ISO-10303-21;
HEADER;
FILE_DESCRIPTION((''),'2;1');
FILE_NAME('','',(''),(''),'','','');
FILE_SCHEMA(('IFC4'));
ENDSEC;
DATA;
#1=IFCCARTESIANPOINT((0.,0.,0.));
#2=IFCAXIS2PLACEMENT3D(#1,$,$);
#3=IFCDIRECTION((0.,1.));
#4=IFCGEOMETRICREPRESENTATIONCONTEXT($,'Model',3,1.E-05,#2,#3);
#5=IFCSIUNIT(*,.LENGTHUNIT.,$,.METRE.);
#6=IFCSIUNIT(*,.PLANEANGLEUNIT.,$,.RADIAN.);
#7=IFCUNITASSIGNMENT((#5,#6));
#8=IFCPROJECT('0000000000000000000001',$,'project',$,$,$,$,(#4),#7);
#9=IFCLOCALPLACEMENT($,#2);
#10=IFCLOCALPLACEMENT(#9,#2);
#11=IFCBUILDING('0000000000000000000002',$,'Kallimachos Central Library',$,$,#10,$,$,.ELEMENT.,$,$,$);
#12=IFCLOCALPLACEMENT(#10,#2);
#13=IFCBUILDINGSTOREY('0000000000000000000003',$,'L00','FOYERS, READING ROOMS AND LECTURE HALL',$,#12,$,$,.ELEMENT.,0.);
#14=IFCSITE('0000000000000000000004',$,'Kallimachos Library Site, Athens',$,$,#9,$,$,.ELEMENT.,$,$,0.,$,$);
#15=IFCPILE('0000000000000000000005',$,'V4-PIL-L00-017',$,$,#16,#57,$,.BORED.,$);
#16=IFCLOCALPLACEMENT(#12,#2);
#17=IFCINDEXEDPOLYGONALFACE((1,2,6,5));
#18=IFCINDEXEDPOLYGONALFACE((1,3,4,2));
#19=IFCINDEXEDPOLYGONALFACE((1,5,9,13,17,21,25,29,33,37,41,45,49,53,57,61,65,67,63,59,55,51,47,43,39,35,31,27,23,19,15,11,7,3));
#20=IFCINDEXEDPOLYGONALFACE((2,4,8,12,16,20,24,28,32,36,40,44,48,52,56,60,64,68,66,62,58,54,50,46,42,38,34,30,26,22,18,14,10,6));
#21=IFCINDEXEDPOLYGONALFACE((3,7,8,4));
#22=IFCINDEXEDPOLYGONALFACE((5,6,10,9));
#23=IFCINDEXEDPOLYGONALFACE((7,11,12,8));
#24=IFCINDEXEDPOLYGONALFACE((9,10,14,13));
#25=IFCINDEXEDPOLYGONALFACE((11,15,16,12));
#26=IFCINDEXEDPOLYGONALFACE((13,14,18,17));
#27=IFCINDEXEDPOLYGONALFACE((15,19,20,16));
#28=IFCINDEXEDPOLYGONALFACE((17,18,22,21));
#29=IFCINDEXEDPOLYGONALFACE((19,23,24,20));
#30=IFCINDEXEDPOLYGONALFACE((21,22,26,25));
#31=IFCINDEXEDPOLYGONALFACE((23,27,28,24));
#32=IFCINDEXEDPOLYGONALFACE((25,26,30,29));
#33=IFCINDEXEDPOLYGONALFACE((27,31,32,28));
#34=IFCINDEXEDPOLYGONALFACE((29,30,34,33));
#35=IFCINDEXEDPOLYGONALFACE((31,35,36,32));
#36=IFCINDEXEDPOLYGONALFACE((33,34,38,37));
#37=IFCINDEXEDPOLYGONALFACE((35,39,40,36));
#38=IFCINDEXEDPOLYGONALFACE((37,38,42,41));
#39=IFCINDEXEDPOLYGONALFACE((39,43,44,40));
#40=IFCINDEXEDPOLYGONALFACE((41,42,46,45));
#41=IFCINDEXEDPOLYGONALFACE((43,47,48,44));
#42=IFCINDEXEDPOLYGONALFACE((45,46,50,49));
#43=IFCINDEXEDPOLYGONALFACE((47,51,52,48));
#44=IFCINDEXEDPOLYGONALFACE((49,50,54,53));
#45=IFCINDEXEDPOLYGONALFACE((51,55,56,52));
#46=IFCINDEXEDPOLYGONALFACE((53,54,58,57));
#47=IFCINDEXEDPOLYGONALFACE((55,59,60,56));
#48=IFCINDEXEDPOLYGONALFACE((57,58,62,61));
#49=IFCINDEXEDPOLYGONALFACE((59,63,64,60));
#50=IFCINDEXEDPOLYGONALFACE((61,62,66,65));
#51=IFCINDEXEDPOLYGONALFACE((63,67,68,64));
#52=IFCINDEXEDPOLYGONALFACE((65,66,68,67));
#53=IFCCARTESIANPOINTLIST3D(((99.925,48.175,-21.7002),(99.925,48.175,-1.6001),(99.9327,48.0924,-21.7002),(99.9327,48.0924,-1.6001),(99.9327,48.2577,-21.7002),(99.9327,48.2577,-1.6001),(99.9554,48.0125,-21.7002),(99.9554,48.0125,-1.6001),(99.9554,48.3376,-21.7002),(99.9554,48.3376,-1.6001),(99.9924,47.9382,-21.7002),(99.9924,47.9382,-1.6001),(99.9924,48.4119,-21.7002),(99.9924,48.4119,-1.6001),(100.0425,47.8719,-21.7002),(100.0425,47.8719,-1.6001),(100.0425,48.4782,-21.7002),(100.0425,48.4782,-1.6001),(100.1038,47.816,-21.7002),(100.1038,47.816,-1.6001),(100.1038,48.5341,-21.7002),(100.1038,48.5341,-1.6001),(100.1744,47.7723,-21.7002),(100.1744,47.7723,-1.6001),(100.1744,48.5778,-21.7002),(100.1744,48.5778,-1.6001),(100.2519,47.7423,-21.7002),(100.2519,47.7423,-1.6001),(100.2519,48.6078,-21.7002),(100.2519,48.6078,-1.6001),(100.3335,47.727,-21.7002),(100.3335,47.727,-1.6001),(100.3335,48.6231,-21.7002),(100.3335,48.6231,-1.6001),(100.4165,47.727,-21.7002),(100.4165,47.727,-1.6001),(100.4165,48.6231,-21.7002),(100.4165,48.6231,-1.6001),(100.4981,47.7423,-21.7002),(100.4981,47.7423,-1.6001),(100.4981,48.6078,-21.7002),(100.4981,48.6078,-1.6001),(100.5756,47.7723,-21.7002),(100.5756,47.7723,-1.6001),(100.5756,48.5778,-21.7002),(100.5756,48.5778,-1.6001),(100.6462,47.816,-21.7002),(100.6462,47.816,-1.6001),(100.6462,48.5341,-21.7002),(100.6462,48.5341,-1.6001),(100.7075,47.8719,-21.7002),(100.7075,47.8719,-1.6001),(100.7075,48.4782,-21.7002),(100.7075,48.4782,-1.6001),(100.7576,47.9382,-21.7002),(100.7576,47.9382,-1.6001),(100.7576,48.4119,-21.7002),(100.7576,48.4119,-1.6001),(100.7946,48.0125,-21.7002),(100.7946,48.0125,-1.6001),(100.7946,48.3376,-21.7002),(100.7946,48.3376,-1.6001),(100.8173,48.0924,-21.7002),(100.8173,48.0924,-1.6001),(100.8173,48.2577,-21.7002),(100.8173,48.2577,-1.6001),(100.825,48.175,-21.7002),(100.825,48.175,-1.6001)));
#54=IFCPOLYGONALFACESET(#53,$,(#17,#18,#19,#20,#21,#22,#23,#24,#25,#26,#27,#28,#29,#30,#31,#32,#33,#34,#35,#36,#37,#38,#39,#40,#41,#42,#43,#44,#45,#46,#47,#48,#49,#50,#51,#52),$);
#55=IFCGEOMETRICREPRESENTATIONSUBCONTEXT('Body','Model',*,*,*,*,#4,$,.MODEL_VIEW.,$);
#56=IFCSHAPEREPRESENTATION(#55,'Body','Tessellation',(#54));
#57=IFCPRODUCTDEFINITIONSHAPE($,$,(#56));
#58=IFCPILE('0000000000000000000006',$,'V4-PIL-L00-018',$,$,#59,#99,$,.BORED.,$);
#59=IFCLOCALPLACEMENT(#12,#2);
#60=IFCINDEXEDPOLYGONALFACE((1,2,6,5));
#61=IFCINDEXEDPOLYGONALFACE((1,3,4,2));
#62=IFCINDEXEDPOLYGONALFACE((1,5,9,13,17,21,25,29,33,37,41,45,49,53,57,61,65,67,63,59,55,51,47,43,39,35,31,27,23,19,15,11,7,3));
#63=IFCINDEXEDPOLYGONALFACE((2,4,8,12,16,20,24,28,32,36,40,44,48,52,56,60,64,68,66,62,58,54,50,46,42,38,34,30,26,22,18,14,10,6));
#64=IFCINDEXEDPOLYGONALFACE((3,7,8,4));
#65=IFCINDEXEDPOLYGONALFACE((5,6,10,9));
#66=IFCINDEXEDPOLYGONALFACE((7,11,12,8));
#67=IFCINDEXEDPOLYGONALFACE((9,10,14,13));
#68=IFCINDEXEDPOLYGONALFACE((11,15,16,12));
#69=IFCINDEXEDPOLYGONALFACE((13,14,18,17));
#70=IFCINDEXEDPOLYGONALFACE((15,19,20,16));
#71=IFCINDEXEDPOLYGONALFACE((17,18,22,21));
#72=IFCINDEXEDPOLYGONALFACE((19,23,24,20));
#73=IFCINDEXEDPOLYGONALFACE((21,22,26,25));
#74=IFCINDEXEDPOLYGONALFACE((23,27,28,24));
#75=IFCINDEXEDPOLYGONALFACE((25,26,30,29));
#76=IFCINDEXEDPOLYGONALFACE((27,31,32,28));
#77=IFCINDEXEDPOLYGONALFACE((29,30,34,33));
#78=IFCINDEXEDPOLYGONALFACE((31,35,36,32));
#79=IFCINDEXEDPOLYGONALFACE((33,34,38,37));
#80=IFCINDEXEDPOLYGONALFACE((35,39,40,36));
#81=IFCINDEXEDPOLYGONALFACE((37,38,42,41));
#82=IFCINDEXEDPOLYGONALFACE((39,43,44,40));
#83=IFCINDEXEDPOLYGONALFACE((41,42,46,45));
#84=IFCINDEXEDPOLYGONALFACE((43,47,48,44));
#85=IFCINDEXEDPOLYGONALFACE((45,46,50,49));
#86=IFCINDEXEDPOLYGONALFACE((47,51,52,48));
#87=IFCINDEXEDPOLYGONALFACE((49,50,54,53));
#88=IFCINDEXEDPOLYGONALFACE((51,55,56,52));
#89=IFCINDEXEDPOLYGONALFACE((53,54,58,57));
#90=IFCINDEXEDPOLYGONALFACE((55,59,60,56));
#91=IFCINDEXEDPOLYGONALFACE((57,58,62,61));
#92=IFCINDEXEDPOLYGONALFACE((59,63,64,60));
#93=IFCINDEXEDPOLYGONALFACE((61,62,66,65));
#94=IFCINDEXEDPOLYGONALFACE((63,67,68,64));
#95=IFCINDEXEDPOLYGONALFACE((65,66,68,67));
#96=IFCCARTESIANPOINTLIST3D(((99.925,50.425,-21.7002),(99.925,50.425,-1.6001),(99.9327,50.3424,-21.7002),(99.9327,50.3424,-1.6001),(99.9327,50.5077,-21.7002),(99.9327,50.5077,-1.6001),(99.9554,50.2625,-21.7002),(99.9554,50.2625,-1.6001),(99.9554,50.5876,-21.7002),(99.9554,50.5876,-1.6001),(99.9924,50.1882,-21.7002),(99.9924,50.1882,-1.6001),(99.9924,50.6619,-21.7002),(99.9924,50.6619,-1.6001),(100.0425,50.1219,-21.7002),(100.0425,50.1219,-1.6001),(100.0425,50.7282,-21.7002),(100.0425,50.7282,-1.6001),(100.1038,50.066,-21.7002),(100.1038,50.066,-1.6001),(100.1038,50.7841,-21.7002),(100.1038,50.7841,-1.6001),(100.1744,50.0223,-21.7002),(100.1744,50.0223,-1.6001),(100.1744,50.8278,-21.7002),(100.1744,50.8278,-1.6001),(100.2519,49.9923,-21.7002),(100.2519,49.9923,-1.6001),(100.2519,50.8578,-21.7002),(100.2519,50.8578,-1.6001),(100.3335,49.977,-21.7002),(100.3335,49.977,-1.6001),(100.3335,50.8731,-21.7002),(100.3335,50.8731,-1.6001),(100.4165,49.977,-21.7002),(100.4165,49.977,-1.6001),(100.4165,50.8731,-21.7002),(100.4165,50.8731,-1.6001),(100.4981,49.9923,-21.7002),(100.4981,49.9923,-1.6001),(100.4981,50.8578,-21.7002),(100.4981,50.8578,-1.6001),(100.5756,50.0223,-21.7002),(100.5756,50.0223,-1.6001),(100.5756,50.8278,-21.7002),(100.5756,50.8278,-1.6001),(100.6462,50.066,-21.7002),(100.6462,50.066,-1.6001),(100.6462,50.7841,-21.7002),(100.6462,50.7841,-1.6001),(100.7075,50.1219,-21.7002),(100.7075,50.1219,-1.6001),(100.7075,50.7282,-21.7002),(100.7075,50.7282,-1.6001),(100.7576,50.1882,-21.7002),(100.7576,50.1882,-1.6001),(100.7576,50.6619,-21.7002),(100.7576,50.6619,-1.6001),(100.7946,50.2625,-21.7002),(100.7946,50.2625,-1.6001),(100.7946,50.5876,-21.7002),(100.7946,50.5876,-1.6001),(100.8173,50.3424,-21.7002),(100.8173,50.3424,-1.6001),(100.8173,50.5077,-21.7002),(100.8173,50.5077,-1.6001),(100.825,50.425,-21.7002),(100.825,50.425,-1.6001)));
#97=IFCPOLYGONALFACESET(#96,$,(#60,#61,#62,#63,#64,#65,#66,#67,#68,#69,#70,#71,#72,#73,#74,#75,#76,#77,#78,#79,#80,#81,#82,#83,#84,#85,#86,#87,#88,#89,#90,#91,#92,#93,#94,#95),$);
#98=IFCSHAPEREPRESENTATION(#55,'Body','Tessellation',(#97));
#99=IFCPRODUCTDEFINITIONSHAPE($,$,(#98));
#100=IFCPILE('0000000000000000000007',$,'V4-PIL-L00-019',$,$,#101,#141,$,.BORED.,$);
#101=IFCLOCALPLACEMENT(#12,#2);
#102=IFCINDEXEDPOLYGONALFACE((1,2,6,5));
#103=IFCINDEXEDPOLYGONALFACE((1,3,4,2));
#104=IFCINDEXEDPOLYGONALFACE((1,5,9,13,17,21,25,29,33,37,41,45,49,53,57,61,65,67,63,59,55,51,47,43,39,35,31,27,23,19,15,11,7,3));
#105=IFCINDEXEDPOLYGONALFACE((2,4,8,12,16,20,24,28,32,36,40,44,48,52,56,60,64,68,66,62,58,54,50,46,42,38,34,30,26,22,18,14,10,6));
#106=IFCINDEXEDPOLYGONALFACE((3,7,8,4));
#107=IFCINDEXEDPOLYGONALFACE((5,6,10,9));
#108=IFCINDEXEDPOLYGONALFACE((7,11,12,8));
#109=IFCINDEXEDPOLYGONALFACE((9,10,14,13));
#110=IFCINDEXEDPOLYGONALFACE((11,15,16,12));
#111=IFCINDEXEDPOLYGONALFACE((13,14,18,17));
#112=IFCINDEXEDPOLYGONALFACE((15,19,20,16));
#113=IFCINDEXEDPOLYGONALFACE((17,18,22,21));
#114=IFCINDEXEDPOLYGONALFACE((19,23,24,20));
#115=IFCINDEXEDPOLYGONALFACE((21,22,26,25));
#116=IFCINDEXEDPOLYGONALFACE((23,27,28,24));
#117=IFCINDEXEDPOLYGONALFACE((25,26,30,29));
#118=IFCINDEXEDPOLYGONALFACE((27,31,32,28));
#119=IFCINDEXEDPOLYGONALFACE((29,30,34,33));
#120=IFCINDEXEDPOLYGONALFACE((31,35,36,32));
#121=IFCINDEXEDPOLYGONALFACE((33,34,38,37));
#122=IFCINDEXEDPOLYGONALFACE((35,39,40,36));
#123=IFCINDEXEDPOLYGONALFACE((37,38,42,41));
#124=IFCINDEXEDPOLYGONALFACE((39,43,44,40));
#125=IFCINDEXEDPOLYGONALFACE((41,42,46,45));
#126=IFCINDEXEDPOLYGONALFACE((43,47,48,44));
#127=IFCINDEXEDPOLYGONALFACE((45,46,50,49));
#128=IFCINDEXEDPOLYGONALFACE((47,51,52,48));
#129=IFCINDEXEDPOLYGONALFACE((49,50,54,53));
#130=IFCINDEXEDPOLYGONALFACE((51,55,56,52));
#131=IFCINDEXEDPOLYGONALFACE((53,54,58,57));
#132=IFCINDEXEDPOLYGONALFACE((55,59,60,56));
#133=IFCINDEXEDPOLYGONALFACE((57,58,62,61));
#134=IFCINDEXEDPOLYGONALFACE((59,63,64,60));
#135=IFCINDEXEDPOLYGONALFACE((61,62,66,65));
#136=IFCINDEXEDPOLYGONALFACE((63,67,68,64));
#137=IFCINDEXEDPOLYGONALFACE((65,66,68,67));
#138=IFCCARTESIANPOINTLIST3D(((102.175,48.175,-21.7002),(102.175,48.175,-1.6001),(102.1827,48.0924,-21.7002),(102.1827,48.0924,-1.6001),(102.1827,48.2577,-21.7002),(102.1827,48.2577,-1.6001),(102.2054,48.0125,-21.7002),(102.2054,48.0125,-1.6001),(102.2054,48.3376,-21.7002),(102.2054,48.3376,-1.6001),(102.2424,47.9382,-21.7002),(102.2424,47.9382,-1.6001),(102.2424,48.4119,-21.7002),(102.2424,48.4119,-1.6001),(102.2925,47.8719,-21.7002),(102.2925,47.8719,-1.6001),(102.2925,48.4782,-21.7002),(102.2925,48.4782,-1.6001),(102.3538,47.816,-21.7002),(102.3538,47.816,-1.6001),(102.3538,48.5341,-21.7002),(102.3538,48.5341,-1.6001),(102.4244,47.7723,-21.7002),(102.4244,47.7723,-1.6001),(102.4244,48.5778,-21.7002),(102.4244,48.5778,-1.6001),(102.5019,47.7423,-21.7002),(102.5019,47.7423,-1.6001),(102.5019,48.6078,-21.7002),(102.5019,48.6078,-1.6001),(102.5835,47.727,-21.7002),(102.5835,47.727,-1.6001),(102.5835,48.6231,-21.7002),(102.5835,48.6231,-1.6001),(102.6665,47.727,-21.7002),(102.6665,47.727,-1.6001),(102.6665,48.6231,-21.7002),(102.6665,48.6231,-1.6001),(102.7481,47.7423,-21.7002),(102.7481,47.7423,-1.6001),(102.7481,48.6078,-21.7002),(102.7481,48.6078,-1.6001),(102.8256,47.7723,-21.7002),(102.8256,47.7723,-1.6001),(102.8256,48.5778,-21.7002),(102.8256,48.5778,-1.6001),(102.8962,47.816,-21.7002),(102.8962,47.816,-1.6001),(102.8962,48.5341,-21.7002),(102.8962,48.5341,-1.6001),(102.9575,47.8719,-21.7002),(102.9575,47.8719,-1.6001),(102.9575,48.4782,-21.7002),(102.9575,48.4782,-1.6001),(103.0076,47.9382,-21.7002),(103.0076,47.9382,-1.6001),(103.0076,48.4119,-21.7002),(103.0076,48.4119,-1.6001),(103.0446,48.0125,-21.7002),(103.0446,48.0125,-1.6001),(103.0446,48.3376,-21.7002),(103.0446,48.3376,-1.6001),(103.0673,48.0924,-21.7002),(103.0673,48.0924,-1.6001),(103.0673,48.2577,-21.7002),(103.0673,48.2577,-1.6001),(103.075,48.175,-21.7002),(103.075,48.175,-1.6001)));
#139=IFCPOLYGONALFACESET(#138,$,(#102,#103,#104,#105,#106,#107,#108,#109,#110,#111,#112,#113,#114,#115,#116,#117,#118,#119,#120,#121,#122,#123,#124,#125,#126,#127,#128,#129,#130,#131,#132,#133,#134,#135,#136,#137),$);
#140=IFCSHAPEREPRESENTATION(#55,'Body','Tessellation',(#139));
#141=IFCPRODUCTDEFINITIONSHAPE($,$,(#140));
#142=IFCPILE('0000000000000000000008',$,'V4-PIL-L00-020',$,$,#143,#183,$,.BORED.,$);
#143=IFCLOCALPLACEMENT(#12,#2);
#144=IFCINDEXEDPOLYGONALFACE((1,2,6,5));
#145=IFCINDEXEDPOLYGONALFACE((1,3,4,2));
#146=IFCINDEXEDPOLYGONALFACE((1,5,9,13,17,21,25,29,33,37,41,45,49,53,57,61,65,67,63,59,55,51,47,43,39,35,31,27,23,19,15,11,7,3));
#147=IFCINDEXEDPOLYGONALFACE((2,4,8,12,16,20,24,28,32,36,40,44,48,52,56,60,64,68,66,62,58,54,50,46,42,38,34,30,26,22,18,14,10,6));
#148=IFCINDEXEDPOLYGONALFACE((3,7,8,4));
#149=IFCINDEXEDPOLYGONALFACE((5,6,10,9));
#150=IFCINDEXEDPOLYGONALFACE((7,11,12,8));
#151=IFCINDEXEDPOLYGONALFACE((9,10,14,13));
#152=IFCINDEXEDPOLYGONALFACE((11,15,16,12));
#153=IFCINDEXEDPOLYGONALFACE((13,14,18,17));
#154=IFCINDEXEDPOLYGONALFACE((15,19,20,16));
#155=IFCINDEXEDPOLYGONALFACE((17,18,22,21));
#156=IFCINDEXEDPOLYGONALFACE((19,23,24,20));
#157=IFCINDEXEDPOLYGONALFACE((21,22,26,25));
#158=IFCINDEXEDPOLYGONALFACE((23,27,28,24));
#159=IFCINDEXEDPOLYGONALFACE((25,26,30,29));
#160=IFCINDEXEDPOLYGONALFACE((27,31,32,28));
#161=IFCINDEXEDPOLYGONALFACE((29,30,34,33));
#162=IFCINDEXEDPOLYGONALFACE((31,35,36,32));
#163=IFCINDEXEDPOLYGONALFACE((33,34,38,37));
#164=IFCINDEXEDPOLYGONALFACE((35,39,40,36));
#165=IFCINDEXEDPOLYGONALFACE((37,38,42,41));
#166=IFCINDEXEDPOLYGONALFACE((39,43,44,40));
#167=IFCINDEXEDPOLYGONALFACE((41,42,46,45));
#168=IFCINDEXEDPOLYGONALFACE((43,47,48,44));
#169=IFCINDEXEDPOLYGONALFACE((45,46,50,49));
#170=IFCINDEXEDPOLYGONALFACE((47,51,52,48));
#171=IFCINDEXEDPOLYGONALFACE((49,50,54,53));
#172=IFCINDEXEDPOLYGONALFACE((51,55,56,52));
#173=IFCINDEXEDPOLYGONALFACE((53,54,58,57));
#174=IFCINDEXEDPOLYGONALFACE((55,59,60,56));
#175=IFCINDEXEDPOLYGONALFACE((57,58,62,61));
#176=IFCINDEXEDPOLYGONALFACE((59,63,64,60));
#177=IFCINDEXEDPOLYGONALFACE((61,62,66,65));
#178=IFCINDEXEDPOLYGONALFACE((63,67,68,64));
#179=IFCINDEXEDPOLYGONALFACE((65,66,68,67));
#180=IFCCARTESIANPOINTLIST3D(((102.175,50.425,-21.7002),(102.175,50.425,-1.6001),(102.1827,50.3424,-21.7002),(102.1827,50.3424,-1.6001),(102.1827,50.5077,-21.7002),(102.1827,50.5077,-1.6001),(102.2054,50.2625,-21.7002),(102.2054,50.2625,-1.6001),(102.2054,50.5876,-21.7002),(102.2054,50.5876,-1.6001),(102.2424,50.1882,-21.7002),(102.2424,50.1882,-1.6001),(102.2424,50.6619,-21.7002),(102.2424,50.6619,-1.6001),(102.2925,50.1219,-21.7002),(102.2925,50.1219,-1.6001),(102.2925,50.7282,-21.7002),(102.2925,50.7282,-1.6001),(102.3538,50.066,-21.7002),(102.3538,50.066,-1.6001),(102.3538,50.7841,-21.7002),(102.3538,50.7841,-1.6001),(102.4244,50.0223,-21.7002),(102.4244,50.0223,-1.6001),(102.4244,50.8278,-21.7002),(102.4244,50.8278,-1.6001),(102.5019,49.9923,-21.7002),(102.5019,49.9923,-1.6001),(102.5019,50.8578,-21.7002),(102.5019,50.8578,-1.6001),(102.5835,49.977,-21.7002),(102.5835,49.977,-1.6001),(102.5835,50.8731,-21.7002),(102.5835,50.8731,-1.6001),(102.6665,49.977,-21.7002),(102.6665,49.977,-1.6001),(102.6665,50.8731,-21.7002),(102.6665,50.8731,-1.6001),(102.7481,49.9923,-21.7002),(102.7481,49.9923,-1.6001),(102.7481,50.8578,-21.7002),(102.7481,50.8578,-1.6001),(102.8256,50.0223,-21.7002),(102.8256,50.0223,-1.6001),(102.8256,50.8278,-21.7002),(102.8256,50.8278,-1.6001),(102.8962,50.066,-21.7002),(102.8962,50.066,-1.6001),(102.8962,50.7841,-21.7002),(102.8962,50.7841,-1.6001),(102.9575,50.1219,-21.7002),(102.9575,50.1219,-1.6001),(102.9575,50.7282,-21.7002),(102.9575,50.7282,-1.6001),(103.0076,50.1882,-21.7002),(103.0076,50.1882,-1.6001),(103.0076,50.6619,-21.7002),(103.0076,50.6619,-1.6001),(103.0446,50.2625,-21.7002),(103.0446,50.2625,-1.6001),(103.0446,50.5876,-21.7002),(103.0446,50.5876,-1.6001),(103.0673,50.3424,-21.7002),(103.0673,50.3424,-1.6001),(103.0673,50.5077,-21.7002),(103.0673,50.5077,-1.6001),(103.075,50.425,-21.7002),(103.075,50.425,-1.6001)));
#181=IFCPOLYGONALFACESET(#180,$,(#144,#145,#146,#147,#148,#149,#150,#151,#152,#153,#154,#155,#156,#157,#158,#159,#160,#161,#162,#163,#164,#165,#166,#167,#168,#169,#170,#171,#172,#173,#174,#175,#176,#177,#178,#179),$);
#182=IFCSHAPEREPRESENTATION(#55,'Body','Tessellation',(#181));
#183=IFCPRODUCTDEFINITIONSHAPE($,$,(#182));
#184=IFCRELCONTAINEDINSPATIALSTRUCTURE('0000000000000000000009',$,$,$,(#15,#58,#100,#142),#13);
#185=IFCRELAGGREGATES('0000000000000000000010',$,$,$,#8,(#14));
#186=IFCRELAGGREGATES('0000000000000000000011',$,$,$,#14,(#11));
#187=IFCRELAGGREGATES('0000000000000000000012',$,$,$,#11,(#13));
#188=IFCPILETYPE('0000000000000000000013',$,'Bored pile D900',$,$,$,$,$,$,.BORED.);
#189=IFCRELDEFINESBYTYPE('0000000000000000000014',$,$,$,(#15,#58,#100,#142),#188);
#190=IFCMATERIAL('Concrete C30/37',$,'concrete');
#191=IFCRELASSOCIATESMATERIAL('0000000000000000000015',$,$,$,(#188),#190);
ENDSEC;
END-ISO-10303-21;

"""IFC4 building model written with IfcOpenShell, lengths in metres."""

from ifc_helpers import new_model, si_unit, direction, frame, origin, origin_2d, place, context, subcontext, project, spatial, circle, extrude, material, type_object, element, save


model = new_model("IFC4")

# Units and contexts
model_context = context("Model", 3, precision=1e-05, world=origin(), true_north=direction((0.0, 1.0)))
body_context = subcontext(model_context, "Body", "Model", "MODEL_VIEW")
ifc_project = project(units=[si_unit("LENGTHUNIT", "METRE"), si_unit("PLANEANGLEUNIT", "RADIAN")], contexts=[model_context])

# Site, building, storey
site_placement = place(None, origin())
site = spatial("IfcSite", under=ifc_project, at=site_placement, Name="Kallimachos Library Site, Athens", CompositionType="ELEMENT", RefElevation=0.0)
building_placement = place(site_placement, origin())
building = spatial("IfcBuilding", under=site, at=building_placement, Name="Kallimachos Central Library", CompositionType="ELEMENT")
storey_placement = place(building_placement, origin())
storey = spatial("IfcBuildingStorey", under=building, at=storey_placement, Name="L00", Description="FOYERS, READING ROOMS AND LECTURE HALL", CompositionType="ELEMENT", Elevation=0.0)

# Piles
ifc_material_1 = material(Name="Concrete C30/37", Category="concrete")
pile_type = type_object("IfcPileType", Name="Bored pile D900", PredefinedType="BORED", material=ifc_material_1)
for number, where, z_axis, x_axis, name in (
    (1, (100.375, 48.175, -1.6001), (0.0, 0.0, -1.0), (1.0, 0.0, 0.0), "V4-PIL-L00-017"),
    (2, (100.375, 50.425, -1.6001), (0.0, 0.0, -1.0), (1.0, 0.0, 0.0), "V4-PIL-L00-018"),
    (3, (102.625, 48.175, -1.6001), (0.0, 0.0, -1.0), (1.0, 0.0, 0.0), "V4-PIL-L00-019"),
    (4, (102.625, 50.425, -1.6001), (0.0, 0.0, -1.0), (1.0, 0.0, 0.0), "V4-PIL-L00-020"),
):
    element("IfcPile", number, at=place(storey_placement, frame(where, z_axis=z_axis, x_axis=x_axis)), inside=storey, type_object=pile_type, Name=name, PredefinedType="BORED", context=body_context, shape_type="SweptSolid", body=[
        extrude(circle(Radius=0.45, at=origin_2d()), origin(), (0.0, 0.0, 1.0), 20.1001),
    ])

save(model, "model.ifc")
